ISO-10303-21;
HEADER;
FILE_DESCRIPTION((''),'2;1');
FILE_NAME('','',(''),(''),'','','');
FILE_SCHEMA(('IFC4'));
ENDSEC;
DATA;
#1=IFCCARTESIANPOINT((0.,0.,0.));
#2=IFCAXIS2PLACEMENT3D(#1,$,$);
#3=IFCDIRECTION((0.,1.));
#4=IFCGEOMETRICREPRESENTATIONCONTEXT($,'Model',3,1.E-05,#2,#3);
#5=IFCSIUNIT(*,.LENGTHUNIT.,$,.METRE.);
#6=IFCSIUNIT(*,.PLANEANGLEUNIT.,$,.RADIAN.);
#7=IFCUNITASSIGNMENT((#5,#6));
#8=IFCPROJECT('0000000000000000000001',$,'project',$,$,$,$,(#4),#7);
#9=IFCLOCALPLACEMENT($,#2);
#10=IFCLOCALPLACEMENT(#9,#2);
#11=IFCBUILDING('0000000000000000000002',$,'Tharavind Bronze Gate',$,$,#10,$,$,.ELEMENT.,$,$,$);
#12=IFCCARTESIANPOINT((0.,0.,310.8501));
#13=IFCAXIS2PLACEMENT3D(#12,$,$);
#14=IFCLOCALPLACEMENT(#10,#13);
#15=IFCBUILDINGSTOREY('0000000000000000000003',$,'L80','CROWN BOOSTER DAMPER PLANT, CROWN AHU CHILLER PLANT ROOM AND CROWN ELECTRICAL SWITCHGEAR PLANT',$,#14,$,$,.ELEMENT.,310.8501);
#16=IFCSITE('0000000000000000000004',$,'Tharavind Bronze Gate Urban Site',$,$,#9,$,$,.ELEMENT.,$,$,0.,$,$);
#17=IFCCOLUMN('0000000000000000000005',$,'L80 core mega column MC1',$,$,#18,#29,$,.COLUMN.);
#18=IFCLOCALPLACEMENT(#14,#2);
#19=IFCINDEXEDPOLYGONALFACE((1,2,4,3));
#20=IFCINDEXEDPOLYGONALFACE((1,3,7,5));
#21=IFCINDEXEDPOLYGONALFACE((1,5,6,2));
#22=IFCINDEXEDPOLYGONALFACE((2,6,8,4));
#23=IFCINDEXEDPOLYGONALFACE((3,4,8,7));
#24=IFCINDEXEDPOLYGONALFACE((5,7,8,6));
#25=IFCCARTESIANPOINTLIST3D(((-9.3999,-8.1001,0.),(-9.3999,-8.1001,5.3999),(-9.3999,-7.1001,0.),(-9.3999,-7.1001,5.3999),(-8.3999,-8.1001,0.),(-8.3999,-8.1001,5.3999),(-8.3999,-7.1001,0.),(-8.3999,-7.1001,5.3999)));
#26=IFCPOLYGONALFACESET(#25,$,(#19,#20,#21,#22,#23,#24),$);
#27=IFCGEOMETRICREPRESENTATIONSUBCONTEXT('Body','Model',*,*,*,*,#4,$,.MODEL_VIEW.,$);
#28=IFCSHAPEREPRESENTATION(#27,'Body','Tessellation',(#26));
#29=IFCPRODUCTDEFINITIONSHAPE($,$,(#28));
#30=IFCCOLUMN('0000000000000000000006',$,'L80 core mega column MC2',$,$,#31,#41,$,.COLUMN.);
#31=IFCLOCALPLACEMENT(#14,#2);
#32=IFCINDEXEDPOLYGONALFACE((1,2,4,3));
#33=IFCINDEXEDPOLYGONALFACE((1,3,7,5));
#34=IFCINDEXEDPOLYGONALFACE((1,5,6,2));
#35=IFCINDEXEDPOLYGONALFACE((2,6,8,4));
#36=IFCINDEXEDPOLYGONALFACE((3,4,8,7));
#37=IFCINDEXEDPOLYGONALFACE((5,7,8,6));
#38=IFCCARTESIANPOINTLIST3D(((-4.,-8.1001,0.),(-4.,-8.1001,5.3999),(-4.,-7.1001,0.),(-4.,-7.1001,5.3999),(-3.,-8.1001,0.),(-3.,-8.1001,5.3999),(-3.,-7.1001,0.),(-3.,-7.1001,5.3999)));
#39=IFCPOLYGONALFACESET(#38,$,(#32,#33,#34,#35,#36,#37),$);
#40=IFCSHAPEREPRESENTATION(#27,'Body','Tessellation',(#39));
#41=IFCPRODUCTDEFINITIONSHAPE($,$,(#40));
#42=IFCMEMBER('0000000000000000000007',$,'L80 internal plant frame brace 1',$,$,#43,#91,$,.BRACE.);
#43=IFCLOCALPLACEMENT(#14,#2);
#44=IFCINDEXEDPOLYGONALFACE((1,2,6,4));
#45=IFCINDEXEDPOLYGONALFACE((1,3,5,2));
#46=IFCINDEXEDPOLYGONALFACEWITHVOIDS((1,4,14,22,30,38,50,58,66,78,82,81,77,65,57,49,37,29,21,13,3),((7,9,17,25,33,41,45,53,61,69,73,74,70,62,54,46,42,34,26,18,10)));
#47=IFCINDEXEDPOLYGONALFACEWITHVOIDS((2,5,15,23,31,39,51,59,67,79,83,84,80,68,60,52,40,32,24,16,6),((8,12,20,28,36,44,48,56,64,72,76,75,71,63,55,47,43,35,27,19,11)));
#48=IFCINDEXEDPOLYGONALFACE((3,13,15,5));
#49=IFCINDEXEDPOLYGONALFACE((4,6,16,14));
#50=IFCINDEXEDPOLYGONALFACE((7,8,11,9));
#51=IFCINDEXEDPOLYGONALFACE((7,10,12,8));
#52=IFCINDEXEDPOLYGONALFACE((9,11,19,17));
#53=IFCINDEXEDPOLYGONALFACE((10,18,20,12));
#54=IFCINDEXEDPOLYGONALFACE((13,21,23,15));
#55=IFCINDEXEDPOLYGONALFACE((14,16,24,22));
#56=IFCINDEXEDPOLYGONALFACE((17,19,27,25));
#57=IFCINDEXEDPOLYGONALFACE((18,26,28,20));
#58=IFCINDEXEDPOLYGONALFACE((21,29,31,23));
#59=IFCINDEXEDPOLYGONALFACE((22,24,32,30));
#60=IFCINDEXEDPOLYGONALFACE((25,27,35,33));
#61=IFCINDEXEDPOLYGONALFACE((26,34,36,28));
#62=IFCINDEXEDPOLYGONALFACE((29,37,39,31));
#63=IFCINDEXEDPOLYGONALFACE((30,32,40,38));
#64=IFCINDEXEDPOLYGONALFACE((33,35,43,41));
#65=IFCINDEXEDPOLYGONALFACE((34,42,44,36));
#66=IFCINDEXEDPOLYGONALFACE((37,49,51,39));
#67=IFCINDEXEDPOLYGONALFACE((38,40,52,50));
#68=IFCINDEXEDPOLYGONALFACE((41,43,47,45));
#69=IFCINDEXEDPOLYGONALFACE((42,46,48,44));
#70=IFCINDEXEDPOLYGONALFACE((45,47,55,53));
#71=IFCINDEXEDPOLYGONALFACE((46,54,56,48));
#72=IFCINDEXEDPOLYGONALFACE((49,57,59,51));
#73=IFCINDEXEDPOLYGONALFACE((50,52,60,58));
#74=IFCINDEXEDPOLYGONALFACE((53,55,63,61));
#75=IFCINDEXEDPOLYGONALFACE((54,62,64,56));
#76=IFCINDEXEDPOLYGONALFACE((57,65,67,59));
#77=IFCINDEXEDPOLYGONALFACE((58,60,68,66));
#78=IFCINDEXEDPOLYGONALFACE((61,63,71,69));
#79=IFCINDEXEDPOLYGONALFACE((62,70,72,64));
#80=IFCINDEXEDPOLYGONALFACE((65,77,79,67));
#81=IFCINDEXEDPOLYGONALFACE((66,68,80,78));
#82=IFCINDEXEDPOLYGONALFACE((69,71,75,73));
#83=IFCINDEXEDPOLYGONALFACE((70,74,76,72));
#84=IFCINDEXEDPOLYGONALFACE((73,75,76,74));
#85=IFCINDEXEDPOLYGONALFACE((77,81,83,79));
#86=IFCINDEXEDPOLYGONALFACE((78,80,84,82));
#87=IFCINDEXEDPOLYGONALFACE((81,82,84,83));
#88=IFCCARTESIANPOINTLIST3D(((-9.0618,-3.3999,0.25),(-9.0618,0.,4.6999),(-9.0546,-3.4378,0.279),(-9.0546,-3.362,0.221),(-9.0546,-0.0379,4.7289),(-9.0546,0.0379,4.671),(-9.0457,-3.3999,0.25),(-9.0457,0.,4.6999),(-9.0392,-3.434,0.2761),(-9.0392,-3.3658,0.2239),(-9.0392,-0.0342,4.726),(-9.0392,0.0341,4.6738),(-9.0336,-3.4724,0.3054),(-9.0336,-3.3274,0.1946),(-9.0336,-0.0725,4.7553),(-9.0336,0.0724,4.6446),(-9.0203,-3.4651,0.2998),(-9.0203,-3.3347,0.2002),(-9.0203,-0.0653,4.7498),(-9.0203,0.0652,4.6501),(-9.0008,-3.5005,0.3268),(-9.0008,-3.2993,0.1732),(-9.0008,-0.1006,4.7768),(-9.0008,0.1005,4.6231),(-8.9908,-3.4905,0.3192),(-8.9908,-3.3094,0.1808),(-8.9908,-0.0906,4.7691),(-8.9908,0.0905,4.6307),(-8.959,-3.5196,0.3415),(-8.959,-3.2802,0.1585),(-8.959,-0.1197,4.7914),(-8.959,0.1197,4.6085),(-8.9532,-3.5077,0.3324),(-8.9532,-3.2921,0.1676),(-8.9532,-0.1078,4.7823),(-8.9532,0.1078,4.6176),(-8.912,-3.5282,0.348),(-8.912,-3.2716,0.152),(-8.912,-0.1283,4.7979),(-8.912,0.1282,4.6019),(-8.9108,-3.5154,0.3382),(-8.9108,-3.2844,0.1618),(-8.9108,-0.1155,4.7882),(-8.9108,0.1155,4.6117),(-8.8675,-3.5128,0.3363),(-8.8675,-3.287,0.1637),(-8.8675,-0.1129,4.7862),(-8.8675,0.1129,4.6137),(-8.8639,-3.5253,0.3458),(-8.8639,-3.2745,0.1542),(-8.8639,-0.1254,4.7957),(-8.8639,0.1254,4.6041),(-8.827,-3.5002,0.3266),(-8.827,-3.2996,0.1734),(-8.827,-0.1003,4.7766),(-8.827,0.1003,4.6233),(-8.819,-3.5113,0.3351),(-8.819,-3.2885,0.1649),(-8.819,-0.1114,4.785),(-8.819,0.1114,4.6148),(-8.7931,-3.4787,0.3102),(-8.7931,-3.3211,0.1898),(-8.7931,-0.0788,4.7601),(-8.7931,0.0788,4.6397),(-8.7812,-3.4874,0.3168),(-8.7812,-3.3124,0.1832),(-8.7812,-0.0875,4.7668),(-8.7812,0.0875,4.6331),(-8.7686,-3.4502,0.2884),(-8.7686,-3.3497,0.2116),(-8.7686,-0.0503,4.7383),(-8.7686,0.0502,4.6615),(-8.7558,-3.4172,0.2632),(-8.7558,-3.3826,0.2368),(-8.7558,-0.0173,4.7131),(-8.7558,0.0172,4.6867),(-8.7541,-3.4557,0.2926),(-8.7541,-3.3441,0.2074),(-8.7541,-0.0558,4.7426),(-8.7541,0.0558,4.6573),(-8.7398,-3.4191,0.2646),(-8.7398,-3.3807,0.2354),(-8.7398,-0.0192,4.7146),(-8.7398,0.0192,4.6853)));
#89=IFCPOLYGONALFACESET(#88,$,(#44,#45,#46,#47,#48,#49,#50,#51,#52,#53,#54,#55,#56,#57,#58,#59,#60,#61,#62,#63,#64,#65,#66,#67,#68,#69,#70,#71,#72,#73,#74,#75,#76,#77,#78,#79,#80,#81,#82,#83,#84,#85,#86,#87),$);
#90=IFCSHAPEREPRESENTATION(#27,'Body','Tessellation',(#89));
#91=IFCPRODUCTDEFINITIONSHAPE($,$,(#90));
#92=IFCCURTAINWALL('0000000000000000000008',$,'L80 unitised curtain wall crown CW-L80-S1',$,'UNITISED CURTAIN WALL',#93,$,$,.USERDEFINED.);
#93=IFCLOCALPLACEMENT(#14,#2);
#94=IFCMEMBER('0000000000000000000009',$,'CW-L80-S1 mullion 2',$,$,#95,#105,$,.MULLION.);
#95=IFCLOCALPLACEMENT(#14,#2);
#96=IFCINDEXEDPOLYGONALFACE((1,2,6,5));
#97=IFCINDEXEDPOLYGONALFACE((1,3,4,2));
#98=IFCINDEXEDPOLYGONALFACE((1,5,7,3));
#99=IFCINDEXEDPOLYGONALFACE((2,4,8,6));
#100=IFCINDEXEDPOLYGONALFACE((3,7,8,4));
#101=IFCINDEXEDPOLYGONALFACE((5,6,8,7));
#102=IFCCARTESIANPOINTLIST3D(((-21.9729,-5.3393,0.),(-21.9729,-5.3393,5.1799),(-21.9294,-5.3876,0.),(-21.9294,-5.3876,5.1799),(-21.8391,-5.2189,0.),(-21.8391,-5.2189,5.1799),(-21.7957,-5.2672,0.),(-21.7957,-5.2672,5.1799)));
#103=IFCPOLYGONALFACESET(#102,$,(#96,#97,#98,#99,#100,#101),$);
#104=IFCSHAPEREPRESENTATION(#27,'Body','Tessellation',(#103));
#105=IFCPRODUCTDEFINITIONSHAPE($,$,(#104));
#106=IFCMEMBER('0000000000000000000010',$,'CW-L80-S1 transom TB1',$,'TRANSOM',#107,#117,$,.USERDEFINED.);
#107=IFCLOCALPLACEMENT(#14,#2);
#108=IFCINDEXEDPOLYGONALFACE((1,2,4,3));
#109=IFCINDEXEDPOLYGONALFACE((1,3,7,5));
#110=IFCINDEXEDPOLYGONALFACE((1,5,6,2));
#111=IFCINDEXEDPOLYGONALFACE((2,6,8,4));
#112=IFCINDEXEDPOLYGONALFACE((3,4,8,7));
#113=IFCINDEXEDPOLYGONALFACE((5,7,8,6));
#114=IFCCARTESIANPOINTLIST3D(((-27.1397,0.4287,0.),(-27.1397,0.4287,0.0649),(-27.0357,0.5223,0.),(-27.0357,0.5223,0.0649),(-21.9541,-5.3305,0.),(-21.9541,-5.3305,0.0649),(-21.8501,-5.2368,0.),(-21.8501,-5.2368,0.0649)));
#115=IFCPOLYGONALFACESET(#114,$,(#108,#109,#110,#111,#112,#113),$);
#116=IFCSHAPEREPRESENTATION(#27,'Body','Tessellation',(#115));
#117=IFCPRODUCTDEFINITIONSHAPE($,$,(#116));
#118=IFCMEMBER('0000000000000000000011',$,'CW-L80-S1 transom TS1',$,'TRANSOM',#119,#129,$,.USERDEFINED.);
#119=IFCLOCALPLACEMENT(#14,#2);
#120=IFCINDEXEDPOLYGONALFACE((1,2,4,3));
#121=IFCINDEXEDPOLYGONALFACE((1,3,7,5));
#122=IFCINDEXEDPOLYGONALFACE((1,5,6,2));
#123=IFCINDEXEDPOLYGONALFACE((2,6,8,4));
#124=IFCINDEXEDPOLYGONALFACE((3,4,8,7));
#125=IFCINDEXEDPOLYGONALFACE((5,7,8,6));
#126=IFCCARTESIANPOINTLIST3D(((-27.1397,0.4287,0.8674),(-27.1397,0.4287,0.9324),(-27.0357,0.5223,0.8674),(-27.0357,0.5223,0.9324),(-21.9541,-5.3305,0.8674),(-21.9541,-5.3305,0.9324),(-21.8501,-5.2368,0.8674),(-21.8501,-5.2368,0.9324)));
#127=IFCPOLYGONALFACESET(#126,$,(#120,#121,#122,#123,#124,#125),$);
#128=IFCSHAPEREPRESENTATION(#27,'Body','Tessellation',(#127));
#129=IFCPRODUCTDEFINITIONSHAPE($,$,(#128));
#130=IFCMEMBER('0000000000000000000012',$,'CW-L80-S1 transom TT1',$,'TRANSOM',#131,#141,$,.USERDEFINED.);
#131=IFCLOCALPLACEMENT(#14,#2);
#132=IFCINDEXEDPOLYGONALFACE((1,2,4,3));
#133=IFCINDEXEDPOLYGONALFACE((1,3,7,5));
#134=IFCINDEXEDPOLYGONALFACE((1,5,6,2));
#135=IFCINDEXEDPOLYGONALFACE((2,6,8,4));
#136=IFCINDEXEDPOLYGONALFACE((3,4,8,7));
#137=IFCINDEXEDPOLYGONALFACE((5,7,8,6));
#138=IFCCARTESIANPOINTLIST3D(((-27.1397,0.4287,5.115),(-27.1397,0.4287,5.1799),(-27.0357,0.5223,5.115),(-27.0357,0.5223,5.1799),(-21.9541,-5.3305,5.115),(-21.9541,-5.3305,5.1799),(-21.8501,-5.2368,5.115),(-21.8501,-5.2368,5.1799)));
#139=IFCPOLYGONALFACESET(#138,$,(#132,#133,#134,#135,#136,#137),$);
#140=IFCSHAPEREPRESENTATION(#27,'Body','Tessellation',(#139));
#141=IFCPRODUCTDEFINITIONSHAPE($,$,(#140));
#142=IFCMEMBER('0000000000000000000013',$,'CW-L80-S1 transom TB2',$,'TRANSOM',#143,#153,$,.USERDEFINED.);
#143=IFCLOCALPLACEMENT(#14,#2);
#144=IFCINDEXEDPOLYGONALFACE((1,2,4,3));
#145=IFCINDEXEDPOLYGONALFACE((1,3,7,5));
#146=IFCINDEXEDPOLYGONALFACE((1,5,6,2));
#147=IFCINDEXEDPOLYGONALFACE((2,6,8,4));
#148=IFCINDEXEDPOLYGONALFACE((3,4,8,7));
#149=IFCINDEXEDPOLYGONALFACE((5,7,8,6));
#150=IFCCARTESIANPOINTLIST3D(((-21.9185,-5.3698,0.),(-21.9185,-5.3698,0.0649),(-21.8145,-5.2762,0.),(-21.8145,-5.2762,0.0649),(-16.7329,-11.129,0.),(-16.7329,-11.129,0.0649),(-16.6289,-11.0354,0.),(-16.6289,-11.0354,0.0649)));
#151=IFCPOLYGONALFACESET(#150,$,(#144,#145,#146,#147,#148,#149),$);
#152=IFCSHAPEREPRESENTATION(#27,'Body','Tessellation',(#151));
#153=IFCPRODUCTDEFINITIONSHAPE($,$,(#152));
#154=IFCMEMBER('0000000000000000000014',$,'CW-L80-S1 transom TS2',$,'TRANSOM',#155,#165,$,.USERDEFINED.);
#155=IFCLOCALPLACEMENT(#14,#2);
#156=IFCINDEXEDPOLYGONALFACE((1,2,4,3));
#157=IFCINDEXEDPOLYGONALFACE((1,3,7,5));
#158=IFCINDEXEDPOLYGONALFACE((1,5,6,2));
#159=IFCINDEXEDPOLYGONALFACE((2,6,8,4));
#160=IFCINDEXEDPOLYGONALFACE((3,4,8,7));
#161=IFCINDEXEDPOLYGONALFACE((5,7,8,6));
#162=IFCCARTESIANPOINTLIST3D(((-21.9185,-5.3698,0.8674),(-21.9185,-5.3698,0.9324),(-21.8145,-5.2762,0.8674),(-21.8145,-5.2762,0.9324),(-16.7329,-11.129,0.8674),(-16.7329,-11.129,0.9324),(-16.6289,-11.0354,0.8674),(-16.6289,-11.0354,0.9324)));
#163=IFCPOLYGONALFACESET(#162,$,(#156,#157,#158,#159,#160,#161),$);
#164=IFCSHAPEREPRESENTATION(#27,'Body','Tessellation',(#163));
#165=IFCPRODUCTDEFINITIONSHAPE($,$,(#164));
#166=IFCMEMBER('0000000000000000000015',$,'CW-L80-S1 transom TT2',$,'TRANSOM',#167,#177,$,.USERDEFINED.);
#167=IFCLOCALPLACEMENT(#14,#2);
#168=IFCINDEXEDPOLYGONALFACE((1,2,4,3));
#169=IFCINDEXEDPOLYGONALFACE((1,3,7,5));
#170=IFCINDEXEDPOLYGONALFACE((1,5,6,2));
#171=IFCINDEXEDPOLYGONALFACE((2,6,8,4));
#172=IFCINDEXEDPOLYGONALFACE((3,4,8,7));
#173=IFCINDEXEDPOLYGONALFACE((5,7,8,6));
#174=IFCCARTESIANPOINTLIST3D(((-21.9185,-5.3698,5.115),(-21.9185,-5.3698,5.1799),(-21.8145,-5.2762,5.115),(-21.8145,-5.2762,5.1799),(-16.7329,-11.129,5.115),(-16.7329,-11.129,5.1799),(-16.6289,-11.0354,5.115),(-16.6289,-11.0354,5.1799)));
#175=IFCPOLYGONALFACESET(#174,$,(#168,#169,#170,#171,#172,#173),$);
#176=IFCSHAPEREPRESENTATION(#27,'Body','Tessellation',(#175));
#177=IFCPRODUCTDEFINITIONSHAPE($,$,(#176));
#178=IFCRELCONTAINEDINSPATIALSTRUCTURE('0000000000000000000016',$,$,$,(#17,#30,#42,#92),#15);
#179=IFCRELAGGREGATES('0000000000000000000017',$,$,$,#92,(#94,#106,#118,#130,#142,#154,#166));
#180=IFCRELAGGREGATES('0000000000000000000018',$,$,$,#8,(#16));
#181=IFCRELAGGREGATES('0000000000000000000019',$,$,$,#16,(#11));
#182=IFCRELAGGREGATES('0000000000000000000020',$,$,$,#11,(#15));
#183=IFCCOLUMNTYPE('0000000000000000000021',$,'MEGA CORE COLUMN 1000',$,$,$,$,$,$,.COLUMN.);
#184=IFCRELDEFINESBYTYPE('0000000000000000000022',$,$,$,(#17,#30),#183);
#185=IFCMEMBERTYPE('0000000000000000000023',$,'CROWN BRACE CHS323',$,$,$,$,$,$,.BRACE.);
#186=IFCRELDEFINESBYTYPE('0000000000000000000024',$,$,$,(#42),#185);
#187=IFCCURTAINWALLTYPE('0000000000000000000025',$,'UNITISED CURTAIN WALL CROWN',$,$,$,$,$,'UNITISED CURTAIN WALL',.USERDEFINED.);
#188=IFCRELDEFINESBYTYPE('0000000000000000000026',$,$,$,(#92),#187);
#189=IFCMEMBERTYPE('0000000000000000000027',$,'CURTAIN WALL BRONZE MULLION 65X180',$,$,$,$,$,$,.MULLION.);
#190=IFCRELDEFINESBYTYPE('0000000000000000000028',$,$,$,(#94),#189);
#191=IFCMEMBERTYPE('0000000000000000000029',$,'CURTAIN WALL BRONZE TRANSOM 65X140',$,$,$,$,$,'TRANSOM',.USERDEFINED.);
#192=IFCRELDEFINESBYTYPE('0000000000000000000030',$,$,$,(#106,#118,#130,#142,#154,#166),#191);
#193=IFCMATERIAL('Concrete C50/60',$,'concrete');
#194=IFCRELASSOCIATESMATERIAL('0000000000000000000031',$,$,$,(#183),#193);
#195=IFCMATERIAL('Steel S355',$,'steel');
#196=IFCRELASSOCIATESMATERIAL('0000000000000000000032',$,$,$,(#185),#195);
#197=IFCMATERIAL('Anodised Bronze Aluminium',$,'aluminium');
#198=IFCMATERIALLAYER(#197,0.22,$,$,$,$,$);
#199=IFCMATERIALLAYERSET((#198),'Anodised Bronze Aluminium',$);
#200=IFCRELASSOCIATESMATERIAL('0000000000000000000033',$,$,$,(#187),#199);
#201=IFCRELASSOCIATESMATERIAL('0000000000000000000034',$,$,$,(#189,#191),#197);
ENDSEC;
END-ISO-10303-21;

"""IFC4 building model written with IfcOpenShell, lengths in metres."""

from ifc_helpers import new_model, si_unit, direction, frame, origin, origin_2d, place, context, subcontext, project, spatial, rectangle, hollow_circle, extrude, material, layer, layer_set, material_profile, profile_set, type_object, element, aggregate, save


model = new_model("IFC4")

# Units and contexts
model_context = context("Model", 3, precision=1e-05, world=origin(), true_north=direction((0.0, 1.0)))
body_context = subcontext(model_context, "Body", "Model", "MODEL_VIEW")
ifc_project = project(units=[si_unit("LENGTHUNIT", "METRE"), si_unit("PLANEANGLEUNIT", "RADIAN")], contexts=[model_context])

# Site, building, storey
site_placement = place(None, origin())
site = spatial("IfcSite", under=ifc_project, at=site_placement, Name="Tharavind Bronze Gate Urban Site", CompositionType="ELEMENT", RefElevation=0.0)
building_placement = place(site_placement, origin())
building = spatial("IfcBuilding", under=site, at=building_placement, Name="Tharavind Bronze Gate", CompositionType="ELEMENT")
storey_placement = place(building_placement, frame((0.0, 0.0, 310.8501)))
storey = spatial("IfcBuildingStorey", under=building, at=storey_placement, Name="L80", Description="CROWN BOOSTER DAMPER PLANT, CROWN AHU CHILLER PLANT ROOM AND CROWN ELECTRICAL SWITCHGEAR PLANT", CompositionType="ELEMENT", Elevation=310.8501)

# Columns
ifc_material_1 = material(Name="Concrete C50/60", Category="concrete")
ifc_material_profile_1 = material_profile(ifc_material_1, rectangle(XDim=1.0, YDim=1.0, at=origin_2d()), Name="RCCOL1000")
ifc_profile_set_1 = profile_set([ifc_material_profile_1], Name="Concrete C50/60")
column_type = type_object("IfcColumnType", Name="MEGA CORE COLUMN 1000", PredefinedType="COLUMN", material=ifc_profile_set_1)
for number, where, z_axis, x_axis, name in (
    (1, (-8.8999, -7.6001, 0.0), (0.0, 0.0, 1.0), (1.0, 0.0, 0.0), "L80 core mega column MC1"),
    (2, (-3.5, -7.6001, 0.0), (0.0, 0.0, 1.0), (1.0, 0.0, 0.0), "L80 core mega column MC2"),
):
    element("IfcColumn", number, at=place(storey_placement, frame(where, z_axis=z_axis, x_axis=x_axis)), inside=storey, type_object=column_type, Name=name, PredefinedType="COLUMN", context=body_context, shape_type="SweptSolid", body=[
        extrude(rectangle(XDim=1.0, YDim=1.0, at=origin_2d()), origin(), (0.0, 0.0, 1.0), 5.3999),
    ])

# Member
ifc_material_2 = material(Name="Steel S355", Category="steel")
ifc_material_profile_2 = material_profile(ifc_material_2, hollow_circle(Radius=0.1619, WallThickness=0.0161, at=origin_2d()), Name="CHS323X16")
ifc_profile_set_2 = profile_set([ifc_material_profile_2], Name="Steel S355")
member_type_1 = type_object("IfcMemberType", Name="CROWN BRACE CHS323", PredefinedType="BRACE", material=ifc_profile_set_2)
member_1_placement = place(storey_placement, frame((-8.8999, -3.3999, 0.25), z_axis=(0.0, 0.607112, 0.794616), x_axis=(-1.0, 0.0, 0.0)))
element("IfcMember", 3, at=member_1_placement, inside=storey, type_object=member_type_1, Name="L80 internal plant frame brace 1", PredefinedType="BRACE", context=body_context, shape_type="SweptSolid", body=[
    extrude(hollow_circle(Radius=0.1619, WallThickness=0.0161, at=origin_2d()), origin(), (0.0, 0.0, 1.0), 5.6001),
])

# Curtain wall, members
ifc_material_3 = material(Name="Anodised Bronze Aluminium", Category="aluminium")
ifc_layer_1 = layer(ifc_material_3, 0.22)
ifc_layer_set_1 = layer_set([ifc_layer_1], Name="Anodised Bronze Aluminium")
curtain_wall_type = type_object("IfcCurtainWallType", Name="UNITISED CURTAIN WALL CROWN", ElementType="UNITISED CURTAIN WALL", PredefinedType="USERDEFINED", material=ifc_layer_set_1)
curtain_wall_placement = place(storey_placement, origin())
curtain_wall = element("IfcCurtainWall", 4, at=curtain_wall_placement, inside=storey, type_object=curtain_wall_type, Name="L80 unitised curtain wall crown CW-L80-S1", ObjectType="UNITISED CURTAIN WALL", PredefinedType="USERDEFINED")
member_type_2 = type_object("IfcMemberType", Name="CURTAIN WALL BRONZE MULLION 65X180", PredefinedType="MULLION", material=ifc_material_3)
member_2_placement = place(storey_placement, frame((-21.8843, -5.3032, 0.0), z_axis=(0.0, 0.0, 1.0), x_axis=(0.669131, -0.743145, 0.0)))
member_2 = element("IfcMember", 5, at=member_2_placement, type_object=member_type_2, Name="CW-L80-S1 mullion 2", PredefinedType="MULLION", context=body_context, shape_type="SweptSolid", body=[
    extrude(rectangle(XDim=0.0649, YDim=0.1799, at=origin_2d()), origin(), (0.0, 0.0, 1.0), 5.1799),
])
member_type_3 = type_object("IfcMemberType", Name="CURTAIN WALL BRONZE TRANSOM 65X140", ElementType="TRANSOM", PredefinedType="USERDEFINED", material=ifc_material_3)
member_3_placement = place(storey_placement, frame((-24.4949, -2.4041, 0.0), z_axis=(0.0, 0.0, 1.0), x_axis=(0.669131, -0.743145, 0.0)))
member_3 = element("IfcMember", 6, at=member_3_placement, type_object=member_type_3, Name="CW-L80-S1 transom TB1", ObjectType="TRANSOM", PredefinedType="USERDEFINED", context=body_context, shape_type="SweptSolid", body=[
    extrude(rectangle(XDim=7.7498, YDim=0.1399, at=origin_2d()), origin(), (0.0, 0.0, 1.0), 0.0649),
])
member_4_placement = place(storey_placement, frame((-24.4949, -2.4041, 0.8674), z_axis=(0.0, 0.0, 1.0), x_axis=(0.669131, -0.743145, 0.0)))
member_4 = element("IfcMember", 7, at=member_4_placement, type_object=member_type_3, Name="CW-L80-S1 transom TS1", ObjectType="TRANSOM", PredefinedType="USERDEFINED", context=body_context, shape_type="SweptSolid", body=[
    extrude(rectangle(XDim=7.7498, YDim=0.1399, at=origin_2d()), origin(), (0.0, 0.0, 1.0), 0.0649),
])
member_5_placement = place(storey_placement, frame((-24.4949, -2.4041, 5.115), z_axis=(0.0, 0.0, 1.0), x_axis=(0.669131, -0.743145, 0.0)))
member_5 = element("IfcMember", 8, at=member_5_placement, type_object=member_type_3, Name="CW-L80-S1 transom TT1", ObjectType="TRANSOM", PredefinedType="USERDEFINED", context=body_context, shape_type="SweptSolid", body=[
    extrude(rectangle(XDim=7.7498, YDim=0.1399, at=origin_2d()), origin(), (0.0, 0.0, 1.0), 0.0649),
])
member_6_placement = place(storey_placement, frame((-19.2737, -8.2026, 0.0), z_axis=(0.0, 0.0, 1.0), x_axis=(0.669131, -0.743145, 0.0)))
member_6 = element("IfcMember", 9, at=member_6_placement, type_object=member_type_3, Name="CW-L80-S1 transom TB2", ObjectType="TRANSOM", PredefinedType="USERDEFINED", context=body_context, shape_type="SweptSolid", body=[
    extrude(rectangle(XDim=7.7498, YDim=0.1399, at=origin_2d()), origin(), (0.0, 0.0, 1.0), 0.0649),
])
member_7_placement = place(storey_placement, frame((-19.2737, -8.2026, 0.8674), z_axis=(0.0, 0.0, 1.0), x_axis=(0.669131, -0.743145, 0.0)))
member_7 = element("IfcMember", 10, at=member_7_placement, type_object=member_type_3, Name="CW-L80-S1 transom TS2", ObjectType="TRANSOM", PredefinedType="USERDEFINED", context=body_context, shape_type="SweptSolid", body=[
    extrude(rectangle(XDim=7.7498, YDim=0.1399, at=origin_2d()), origin(), (0.0, 0.0, 1.0), 0.0649),
])
member_8_placement = place(storey_placement, frame((-19.2737, -8.2026, 5.115), z_axis=(0.0, 0.0, 1.0), x_axis=(0.669131, -0.743145, 0.0)))
member_8 = element("IfcMember", 11, at=member_8_placement, type_object=member_type_3, Name="CW-L80-S1 transom TT2", ObjectType="TRANSOM", PredefinedType="USERDEFINED", context=body_context, shape_type="SweptSolid", body=[
    extrude(rectangle(XDim=7.7498, YDim=0.1399, at=origin_2d()), origin(), (0.0, 0.0, 1.0), 0.0649),
])

aggregate(curtain_wall, [member_2, member_3, member_4, member_5, member_6, member_7, member_8])

save(model, "model.ifc")
